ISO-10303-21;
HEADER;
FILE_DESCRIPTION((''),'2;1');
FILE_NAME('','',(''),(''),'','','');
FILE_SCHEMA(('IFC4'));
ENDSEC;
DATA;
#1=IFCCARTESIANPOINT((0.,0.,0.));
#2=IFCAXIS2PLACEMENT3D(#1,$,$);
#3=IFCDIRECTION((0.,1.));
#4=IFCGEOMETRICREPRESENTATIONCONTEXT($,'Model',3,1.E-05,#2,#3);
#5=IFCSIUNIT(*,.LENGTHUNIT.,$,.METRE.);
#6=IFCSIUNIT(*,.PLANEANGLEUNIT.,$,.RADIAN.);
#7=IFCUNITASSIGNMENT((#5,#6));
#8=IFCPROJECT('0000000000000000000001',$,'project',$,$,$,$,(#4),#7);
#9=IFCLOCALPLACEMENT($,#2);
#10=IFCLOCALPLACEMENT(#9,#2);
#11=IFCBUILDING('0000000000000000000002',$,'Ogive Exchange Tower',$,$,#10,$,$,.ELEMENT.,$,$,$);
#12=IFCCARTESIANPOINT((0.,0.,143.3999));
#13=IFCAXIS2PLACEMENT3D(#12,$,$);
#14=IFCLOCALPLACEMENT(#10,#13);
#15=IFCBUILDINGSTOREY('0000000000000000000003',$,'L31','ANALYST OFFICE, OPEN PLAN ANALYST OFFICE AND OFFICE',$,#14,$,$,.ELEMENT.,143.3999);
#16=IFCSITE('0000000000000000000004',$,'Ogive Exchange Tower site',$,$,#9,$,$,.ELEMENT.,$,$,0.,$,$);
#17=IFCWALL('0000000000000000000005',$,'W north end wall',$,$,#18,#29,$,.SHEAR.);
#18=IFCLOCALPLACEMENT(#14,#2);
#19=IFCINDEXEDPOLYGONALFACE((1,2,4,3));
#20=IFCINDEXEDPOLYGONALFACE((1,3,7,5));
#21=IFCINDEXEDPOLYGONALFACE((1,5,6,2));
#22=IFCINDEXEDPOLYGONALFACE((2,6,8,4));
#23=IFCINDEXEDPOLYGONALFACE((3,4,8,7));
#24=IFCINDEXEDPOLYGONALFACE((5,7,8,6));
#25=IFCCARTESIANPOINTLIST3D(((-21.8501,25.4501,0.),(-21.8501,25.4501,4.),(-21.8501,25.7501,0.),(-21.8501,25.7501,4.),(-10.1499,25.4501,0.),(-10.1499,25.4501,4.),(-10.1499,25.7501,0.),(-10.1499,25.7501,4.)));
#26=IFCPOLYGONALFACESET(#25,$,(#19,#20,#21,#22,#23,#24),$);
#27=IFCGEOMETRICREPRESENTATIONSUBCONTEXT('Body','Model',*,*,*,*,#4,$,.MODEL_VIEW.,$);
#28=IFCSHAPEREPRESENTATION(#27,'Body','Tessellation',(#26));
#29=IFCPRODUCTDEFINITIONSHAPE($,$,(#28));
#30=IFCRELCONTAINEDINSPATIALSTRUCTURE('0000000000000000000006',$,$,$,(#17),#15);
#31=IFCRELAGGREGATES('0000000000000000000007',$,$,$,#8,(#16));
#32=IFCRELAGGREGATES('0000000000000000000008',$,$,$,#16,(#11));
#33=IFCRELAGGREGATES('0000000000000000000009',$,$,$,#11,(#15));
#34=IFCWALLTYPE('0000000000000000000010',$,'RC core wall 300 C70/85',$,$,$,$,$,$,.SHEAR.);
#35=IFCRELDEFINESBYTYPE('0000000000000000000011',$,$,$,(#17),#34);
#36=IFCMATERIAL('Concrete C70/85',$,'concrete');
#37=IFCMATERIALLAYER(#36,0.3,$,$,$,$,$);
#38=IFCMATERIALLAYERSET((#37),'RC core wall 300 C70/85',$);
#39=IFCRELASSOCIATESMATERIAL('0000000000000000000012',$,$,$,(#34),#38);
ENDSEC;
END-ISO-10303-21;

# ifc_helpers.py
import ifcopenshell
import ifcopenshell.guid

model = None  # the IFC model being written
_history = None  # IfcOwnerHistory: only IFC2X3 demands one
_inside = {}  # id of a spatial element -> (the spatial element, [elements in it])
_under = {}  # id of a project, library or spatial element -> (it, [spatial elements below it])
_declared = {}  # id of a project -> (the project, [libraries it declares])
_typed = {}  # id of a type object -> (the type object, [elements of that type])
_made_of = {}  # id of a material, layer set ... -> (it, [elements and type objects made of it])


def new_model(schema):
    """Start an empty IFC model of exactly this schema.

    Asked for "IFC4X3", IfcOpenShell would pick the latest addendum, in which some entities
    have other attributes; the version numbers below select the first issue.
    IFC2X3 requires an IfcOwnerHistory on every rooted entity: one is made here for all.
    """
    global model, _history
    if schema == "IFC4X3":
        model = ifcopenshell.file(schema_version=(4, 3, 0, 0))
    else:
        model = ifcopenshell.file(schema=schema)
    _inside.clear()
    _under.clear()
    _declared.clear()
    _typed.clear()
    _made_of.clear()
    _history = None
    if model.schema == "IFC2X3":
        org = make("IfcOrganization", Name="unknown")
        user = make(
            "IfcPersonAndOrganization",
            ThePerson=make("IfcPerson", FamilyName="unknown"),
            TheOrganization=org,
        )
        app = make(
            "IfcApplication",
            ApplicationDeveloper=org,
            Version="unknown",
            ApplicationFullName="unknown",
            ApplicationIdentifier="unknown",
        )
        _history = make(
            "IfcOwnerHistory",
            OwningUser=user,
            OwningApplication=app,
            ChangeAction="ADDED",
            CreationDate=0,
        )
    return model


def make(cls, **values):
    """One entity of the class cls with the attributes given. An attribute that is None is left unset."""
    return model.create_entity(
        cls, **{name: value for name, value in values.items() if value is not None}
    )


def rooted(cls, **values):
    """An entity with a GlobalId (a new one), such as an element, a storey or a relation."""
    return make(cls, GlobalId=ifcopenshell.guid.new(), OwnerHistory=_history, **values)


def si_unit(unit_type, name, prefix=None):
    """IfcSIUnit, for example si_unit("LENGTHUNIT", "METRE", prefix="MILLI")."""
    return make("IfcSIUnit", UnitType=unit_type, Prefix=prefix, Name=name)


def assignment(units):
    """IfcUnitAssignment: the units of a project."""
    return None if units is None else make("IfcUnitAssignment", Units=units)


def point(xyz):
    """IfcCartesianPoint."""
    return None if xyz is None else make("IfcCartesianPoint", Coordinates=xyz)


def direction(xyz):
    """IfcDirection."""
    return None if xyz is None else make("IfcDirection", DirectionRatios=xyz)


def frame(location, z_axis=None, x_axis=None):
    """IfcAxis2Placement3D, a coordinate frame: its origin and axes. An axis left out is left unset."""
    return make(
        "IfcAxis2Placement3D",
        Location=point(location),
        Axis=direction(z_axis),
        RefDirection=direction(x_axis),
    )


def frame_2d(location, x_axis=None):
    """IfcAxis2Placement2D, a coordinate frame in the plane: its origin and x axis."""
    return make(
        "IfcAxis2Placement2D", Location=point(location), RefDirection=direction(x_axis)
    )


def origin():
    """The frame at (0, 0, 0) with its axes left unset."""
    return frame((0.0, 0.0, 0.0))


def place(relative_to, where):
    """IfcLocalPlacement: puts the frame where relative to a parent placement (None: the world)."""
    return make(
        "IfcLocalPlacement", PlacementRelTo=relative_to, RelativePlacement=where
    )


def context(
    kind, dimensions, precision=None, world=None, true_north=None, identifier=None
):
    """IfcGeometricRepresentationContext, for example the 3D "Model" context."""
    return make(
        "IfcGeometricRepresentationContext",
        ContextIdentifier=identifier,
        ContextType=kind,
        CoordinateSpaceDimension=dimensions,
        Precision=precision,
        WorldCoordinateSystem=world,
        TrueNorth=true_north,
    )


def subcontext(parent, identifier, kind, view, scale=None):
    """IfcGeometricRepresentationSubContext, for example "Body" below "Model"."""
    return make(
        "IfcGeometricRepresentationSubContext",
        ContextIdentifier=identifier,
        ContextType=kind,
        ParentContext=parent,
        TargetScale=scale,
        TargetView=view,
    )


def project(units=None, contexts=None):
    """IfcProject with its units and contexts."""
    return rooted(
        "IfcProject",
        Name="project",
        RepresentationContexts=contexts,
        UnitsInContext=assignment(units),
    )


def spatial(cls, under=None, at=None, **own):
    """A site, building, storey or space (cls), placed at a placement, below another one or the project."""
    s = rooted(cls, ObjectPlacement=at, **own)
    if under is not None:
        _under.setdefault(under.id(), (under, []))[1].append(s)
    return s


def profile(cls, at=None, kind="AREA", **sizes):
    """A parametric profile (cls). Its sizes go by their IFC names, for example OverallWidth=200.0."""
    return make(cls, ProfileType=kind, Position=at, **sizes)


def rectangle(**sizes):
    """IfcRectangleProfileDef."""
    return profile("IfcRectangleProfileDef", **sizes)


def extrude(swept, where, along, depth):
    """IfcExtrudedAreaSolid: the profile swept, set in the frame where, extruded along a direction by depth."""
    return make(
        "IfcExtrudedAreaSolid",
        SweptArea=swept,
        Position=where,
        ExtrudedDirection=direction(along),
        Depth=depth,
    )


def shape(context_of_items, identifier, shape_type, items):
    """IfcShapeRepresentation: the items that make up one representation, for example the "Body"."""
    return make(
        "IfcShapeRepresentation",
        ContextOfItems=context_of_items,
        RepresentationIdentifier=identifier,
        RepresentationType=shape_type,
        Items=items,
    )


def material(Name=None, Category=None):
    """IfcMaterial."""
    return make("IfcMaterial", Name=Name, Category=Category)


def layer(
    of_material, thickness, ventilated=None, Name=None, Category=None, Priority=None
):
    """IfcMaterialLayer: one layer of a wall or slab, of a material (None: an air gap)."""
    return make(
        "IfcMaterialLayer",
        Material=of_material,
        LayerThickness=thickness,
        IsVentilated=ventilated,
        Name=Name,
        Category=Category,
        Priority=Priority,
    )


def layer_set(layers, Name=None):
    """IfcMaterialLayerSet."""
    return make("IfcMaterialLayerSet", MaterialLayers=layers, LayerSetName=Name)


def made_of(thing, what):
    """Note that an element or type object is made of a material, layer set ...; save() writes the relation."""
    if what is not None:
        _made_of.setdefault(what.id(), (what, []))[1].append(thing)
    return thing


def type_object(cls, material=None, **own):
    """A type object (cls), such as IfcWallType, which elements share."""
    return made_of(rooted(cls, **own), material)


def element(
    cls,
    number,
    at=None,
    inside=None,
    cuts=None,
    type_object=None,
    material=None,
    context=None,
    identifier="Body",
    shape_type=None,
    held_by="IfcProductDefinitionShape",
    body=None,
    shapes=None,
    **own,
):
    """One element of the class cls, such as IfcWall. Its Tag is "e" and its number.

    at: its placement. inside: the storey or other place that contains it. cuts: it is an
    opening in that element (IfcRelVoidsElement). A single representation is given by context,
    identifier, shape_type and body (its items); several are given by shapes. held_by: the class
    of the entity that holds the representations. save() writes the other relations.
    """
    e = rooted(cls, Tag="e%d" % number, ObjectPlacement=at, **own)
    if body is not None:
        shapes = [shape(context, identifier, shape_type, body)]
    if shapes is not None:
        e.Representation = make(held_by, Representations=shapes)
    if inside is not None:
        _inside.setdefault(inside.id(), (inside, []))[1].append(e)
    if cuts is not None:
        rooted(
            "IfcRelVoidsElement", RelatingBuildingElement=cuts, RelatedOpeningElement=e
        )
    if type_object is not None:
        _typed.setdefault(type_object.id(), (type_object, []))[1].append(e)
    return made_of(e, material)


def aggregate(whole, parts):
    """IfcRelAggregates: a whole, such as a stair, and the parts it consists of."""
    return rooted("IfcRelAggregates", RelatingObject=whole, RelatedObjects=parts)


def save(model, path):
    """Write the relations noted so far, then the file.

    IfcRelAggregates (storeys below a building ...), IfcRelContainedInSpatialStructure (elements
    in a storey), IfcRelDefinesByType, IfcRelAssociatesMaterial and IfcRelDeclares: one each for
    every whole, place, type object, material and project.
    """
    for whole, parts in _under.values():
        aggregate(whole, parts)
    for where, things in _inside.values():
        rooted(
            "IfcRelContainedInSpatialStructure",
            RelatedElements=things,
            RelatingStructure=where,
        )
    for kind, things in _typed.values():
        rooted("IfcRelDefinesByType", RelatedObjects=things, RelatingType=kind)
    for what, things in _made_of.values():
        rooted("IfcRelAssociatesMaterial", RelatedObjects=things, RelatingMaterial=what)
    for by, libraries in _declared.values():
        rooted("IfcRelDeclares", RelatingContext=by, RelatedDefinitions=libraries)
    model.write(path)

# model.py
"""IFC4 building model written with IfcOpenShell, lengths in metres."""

from ifc_helpers import new_model, si_unit, direction, frame, frame_2d, origin, place, context, subcontext, project, spatial, rectangle, extrude, material, layer, layer_set, type_object, element, save


model = new_model("IFC4")

# Units and contexts
model_context = context("Model", 3, precision=1e-05, world=origin(), true_north=direction((0.0, 1.0)))
body_context = subcontext(model_context, "Body", "Model", "MODEL_VIEW")
ifc_project = project(units=[si_unit("LENGTHUNIT", "METRE"), si_unit("PLANEANGLEUNIT", "RADIAN")], contexts=[model_context])

# Site, building, storey
site_placement = place(None, origin())
site = spatial("IfcSite", under=ifc_project, at=site_placement, Name="Ogive Exchange Tower site", CompositionType="ELEMENT", RefElevation=0.0)
building_placement = place(site_placement, origin())
building = spatial("IfcBuilding", under=site, at=building_placement, Name="Ogive Exchange Tower", CompositionType="ELEMENT")
storey_placement = place(building_placement, frame((0.0, 0.0, 143.3999)))
storey = spatial("IfcBuildingStorey", under=building, at=storey_placement, Name="L31", Description="ANALYST OFFICE, OPEN PLAN ANALYST OFFICE AND OFFICE", CompositionType="ELEMENT", Elevation=143.3999)

# Wall
ifc_material_1 = material(Name="Concrete C70/85", Category="concrete")
ifc_layer_1 = layer(ifc_material_1, 0.3)
ifc_layer_set_1 = layer_set([ifc_layer_1], Name="RC core wall 300 C70/85")
wall_type_1 = type_object("IfcWallType", Name="RC core wall 300 C70/85", PredefinedType="SHEAR", material=ifc_layer_set_1)
wall_1_placement = place(storey_placement, frame((-21.8501, 25.6001, 0.0), z_axis=(0.0, 0.0, 1.0), x_axis=(1.0, 0.0, 0.0)))
element("IfcWall", 1, at=wall_1_placement, inside=storey, type_object=wall_type_1, Name="W north end wall", PredefinedType="SHEAR", context=body_context, shape_type="SweptSolid", body=[
    extrude(rectangle(XDim=11.7002, YDim=0.3, at=frame_2d((5.8501, 0.0))), origin(), (0.0, 0.0, 1.0), 4.0),
])

save(model, "model.ifc")
